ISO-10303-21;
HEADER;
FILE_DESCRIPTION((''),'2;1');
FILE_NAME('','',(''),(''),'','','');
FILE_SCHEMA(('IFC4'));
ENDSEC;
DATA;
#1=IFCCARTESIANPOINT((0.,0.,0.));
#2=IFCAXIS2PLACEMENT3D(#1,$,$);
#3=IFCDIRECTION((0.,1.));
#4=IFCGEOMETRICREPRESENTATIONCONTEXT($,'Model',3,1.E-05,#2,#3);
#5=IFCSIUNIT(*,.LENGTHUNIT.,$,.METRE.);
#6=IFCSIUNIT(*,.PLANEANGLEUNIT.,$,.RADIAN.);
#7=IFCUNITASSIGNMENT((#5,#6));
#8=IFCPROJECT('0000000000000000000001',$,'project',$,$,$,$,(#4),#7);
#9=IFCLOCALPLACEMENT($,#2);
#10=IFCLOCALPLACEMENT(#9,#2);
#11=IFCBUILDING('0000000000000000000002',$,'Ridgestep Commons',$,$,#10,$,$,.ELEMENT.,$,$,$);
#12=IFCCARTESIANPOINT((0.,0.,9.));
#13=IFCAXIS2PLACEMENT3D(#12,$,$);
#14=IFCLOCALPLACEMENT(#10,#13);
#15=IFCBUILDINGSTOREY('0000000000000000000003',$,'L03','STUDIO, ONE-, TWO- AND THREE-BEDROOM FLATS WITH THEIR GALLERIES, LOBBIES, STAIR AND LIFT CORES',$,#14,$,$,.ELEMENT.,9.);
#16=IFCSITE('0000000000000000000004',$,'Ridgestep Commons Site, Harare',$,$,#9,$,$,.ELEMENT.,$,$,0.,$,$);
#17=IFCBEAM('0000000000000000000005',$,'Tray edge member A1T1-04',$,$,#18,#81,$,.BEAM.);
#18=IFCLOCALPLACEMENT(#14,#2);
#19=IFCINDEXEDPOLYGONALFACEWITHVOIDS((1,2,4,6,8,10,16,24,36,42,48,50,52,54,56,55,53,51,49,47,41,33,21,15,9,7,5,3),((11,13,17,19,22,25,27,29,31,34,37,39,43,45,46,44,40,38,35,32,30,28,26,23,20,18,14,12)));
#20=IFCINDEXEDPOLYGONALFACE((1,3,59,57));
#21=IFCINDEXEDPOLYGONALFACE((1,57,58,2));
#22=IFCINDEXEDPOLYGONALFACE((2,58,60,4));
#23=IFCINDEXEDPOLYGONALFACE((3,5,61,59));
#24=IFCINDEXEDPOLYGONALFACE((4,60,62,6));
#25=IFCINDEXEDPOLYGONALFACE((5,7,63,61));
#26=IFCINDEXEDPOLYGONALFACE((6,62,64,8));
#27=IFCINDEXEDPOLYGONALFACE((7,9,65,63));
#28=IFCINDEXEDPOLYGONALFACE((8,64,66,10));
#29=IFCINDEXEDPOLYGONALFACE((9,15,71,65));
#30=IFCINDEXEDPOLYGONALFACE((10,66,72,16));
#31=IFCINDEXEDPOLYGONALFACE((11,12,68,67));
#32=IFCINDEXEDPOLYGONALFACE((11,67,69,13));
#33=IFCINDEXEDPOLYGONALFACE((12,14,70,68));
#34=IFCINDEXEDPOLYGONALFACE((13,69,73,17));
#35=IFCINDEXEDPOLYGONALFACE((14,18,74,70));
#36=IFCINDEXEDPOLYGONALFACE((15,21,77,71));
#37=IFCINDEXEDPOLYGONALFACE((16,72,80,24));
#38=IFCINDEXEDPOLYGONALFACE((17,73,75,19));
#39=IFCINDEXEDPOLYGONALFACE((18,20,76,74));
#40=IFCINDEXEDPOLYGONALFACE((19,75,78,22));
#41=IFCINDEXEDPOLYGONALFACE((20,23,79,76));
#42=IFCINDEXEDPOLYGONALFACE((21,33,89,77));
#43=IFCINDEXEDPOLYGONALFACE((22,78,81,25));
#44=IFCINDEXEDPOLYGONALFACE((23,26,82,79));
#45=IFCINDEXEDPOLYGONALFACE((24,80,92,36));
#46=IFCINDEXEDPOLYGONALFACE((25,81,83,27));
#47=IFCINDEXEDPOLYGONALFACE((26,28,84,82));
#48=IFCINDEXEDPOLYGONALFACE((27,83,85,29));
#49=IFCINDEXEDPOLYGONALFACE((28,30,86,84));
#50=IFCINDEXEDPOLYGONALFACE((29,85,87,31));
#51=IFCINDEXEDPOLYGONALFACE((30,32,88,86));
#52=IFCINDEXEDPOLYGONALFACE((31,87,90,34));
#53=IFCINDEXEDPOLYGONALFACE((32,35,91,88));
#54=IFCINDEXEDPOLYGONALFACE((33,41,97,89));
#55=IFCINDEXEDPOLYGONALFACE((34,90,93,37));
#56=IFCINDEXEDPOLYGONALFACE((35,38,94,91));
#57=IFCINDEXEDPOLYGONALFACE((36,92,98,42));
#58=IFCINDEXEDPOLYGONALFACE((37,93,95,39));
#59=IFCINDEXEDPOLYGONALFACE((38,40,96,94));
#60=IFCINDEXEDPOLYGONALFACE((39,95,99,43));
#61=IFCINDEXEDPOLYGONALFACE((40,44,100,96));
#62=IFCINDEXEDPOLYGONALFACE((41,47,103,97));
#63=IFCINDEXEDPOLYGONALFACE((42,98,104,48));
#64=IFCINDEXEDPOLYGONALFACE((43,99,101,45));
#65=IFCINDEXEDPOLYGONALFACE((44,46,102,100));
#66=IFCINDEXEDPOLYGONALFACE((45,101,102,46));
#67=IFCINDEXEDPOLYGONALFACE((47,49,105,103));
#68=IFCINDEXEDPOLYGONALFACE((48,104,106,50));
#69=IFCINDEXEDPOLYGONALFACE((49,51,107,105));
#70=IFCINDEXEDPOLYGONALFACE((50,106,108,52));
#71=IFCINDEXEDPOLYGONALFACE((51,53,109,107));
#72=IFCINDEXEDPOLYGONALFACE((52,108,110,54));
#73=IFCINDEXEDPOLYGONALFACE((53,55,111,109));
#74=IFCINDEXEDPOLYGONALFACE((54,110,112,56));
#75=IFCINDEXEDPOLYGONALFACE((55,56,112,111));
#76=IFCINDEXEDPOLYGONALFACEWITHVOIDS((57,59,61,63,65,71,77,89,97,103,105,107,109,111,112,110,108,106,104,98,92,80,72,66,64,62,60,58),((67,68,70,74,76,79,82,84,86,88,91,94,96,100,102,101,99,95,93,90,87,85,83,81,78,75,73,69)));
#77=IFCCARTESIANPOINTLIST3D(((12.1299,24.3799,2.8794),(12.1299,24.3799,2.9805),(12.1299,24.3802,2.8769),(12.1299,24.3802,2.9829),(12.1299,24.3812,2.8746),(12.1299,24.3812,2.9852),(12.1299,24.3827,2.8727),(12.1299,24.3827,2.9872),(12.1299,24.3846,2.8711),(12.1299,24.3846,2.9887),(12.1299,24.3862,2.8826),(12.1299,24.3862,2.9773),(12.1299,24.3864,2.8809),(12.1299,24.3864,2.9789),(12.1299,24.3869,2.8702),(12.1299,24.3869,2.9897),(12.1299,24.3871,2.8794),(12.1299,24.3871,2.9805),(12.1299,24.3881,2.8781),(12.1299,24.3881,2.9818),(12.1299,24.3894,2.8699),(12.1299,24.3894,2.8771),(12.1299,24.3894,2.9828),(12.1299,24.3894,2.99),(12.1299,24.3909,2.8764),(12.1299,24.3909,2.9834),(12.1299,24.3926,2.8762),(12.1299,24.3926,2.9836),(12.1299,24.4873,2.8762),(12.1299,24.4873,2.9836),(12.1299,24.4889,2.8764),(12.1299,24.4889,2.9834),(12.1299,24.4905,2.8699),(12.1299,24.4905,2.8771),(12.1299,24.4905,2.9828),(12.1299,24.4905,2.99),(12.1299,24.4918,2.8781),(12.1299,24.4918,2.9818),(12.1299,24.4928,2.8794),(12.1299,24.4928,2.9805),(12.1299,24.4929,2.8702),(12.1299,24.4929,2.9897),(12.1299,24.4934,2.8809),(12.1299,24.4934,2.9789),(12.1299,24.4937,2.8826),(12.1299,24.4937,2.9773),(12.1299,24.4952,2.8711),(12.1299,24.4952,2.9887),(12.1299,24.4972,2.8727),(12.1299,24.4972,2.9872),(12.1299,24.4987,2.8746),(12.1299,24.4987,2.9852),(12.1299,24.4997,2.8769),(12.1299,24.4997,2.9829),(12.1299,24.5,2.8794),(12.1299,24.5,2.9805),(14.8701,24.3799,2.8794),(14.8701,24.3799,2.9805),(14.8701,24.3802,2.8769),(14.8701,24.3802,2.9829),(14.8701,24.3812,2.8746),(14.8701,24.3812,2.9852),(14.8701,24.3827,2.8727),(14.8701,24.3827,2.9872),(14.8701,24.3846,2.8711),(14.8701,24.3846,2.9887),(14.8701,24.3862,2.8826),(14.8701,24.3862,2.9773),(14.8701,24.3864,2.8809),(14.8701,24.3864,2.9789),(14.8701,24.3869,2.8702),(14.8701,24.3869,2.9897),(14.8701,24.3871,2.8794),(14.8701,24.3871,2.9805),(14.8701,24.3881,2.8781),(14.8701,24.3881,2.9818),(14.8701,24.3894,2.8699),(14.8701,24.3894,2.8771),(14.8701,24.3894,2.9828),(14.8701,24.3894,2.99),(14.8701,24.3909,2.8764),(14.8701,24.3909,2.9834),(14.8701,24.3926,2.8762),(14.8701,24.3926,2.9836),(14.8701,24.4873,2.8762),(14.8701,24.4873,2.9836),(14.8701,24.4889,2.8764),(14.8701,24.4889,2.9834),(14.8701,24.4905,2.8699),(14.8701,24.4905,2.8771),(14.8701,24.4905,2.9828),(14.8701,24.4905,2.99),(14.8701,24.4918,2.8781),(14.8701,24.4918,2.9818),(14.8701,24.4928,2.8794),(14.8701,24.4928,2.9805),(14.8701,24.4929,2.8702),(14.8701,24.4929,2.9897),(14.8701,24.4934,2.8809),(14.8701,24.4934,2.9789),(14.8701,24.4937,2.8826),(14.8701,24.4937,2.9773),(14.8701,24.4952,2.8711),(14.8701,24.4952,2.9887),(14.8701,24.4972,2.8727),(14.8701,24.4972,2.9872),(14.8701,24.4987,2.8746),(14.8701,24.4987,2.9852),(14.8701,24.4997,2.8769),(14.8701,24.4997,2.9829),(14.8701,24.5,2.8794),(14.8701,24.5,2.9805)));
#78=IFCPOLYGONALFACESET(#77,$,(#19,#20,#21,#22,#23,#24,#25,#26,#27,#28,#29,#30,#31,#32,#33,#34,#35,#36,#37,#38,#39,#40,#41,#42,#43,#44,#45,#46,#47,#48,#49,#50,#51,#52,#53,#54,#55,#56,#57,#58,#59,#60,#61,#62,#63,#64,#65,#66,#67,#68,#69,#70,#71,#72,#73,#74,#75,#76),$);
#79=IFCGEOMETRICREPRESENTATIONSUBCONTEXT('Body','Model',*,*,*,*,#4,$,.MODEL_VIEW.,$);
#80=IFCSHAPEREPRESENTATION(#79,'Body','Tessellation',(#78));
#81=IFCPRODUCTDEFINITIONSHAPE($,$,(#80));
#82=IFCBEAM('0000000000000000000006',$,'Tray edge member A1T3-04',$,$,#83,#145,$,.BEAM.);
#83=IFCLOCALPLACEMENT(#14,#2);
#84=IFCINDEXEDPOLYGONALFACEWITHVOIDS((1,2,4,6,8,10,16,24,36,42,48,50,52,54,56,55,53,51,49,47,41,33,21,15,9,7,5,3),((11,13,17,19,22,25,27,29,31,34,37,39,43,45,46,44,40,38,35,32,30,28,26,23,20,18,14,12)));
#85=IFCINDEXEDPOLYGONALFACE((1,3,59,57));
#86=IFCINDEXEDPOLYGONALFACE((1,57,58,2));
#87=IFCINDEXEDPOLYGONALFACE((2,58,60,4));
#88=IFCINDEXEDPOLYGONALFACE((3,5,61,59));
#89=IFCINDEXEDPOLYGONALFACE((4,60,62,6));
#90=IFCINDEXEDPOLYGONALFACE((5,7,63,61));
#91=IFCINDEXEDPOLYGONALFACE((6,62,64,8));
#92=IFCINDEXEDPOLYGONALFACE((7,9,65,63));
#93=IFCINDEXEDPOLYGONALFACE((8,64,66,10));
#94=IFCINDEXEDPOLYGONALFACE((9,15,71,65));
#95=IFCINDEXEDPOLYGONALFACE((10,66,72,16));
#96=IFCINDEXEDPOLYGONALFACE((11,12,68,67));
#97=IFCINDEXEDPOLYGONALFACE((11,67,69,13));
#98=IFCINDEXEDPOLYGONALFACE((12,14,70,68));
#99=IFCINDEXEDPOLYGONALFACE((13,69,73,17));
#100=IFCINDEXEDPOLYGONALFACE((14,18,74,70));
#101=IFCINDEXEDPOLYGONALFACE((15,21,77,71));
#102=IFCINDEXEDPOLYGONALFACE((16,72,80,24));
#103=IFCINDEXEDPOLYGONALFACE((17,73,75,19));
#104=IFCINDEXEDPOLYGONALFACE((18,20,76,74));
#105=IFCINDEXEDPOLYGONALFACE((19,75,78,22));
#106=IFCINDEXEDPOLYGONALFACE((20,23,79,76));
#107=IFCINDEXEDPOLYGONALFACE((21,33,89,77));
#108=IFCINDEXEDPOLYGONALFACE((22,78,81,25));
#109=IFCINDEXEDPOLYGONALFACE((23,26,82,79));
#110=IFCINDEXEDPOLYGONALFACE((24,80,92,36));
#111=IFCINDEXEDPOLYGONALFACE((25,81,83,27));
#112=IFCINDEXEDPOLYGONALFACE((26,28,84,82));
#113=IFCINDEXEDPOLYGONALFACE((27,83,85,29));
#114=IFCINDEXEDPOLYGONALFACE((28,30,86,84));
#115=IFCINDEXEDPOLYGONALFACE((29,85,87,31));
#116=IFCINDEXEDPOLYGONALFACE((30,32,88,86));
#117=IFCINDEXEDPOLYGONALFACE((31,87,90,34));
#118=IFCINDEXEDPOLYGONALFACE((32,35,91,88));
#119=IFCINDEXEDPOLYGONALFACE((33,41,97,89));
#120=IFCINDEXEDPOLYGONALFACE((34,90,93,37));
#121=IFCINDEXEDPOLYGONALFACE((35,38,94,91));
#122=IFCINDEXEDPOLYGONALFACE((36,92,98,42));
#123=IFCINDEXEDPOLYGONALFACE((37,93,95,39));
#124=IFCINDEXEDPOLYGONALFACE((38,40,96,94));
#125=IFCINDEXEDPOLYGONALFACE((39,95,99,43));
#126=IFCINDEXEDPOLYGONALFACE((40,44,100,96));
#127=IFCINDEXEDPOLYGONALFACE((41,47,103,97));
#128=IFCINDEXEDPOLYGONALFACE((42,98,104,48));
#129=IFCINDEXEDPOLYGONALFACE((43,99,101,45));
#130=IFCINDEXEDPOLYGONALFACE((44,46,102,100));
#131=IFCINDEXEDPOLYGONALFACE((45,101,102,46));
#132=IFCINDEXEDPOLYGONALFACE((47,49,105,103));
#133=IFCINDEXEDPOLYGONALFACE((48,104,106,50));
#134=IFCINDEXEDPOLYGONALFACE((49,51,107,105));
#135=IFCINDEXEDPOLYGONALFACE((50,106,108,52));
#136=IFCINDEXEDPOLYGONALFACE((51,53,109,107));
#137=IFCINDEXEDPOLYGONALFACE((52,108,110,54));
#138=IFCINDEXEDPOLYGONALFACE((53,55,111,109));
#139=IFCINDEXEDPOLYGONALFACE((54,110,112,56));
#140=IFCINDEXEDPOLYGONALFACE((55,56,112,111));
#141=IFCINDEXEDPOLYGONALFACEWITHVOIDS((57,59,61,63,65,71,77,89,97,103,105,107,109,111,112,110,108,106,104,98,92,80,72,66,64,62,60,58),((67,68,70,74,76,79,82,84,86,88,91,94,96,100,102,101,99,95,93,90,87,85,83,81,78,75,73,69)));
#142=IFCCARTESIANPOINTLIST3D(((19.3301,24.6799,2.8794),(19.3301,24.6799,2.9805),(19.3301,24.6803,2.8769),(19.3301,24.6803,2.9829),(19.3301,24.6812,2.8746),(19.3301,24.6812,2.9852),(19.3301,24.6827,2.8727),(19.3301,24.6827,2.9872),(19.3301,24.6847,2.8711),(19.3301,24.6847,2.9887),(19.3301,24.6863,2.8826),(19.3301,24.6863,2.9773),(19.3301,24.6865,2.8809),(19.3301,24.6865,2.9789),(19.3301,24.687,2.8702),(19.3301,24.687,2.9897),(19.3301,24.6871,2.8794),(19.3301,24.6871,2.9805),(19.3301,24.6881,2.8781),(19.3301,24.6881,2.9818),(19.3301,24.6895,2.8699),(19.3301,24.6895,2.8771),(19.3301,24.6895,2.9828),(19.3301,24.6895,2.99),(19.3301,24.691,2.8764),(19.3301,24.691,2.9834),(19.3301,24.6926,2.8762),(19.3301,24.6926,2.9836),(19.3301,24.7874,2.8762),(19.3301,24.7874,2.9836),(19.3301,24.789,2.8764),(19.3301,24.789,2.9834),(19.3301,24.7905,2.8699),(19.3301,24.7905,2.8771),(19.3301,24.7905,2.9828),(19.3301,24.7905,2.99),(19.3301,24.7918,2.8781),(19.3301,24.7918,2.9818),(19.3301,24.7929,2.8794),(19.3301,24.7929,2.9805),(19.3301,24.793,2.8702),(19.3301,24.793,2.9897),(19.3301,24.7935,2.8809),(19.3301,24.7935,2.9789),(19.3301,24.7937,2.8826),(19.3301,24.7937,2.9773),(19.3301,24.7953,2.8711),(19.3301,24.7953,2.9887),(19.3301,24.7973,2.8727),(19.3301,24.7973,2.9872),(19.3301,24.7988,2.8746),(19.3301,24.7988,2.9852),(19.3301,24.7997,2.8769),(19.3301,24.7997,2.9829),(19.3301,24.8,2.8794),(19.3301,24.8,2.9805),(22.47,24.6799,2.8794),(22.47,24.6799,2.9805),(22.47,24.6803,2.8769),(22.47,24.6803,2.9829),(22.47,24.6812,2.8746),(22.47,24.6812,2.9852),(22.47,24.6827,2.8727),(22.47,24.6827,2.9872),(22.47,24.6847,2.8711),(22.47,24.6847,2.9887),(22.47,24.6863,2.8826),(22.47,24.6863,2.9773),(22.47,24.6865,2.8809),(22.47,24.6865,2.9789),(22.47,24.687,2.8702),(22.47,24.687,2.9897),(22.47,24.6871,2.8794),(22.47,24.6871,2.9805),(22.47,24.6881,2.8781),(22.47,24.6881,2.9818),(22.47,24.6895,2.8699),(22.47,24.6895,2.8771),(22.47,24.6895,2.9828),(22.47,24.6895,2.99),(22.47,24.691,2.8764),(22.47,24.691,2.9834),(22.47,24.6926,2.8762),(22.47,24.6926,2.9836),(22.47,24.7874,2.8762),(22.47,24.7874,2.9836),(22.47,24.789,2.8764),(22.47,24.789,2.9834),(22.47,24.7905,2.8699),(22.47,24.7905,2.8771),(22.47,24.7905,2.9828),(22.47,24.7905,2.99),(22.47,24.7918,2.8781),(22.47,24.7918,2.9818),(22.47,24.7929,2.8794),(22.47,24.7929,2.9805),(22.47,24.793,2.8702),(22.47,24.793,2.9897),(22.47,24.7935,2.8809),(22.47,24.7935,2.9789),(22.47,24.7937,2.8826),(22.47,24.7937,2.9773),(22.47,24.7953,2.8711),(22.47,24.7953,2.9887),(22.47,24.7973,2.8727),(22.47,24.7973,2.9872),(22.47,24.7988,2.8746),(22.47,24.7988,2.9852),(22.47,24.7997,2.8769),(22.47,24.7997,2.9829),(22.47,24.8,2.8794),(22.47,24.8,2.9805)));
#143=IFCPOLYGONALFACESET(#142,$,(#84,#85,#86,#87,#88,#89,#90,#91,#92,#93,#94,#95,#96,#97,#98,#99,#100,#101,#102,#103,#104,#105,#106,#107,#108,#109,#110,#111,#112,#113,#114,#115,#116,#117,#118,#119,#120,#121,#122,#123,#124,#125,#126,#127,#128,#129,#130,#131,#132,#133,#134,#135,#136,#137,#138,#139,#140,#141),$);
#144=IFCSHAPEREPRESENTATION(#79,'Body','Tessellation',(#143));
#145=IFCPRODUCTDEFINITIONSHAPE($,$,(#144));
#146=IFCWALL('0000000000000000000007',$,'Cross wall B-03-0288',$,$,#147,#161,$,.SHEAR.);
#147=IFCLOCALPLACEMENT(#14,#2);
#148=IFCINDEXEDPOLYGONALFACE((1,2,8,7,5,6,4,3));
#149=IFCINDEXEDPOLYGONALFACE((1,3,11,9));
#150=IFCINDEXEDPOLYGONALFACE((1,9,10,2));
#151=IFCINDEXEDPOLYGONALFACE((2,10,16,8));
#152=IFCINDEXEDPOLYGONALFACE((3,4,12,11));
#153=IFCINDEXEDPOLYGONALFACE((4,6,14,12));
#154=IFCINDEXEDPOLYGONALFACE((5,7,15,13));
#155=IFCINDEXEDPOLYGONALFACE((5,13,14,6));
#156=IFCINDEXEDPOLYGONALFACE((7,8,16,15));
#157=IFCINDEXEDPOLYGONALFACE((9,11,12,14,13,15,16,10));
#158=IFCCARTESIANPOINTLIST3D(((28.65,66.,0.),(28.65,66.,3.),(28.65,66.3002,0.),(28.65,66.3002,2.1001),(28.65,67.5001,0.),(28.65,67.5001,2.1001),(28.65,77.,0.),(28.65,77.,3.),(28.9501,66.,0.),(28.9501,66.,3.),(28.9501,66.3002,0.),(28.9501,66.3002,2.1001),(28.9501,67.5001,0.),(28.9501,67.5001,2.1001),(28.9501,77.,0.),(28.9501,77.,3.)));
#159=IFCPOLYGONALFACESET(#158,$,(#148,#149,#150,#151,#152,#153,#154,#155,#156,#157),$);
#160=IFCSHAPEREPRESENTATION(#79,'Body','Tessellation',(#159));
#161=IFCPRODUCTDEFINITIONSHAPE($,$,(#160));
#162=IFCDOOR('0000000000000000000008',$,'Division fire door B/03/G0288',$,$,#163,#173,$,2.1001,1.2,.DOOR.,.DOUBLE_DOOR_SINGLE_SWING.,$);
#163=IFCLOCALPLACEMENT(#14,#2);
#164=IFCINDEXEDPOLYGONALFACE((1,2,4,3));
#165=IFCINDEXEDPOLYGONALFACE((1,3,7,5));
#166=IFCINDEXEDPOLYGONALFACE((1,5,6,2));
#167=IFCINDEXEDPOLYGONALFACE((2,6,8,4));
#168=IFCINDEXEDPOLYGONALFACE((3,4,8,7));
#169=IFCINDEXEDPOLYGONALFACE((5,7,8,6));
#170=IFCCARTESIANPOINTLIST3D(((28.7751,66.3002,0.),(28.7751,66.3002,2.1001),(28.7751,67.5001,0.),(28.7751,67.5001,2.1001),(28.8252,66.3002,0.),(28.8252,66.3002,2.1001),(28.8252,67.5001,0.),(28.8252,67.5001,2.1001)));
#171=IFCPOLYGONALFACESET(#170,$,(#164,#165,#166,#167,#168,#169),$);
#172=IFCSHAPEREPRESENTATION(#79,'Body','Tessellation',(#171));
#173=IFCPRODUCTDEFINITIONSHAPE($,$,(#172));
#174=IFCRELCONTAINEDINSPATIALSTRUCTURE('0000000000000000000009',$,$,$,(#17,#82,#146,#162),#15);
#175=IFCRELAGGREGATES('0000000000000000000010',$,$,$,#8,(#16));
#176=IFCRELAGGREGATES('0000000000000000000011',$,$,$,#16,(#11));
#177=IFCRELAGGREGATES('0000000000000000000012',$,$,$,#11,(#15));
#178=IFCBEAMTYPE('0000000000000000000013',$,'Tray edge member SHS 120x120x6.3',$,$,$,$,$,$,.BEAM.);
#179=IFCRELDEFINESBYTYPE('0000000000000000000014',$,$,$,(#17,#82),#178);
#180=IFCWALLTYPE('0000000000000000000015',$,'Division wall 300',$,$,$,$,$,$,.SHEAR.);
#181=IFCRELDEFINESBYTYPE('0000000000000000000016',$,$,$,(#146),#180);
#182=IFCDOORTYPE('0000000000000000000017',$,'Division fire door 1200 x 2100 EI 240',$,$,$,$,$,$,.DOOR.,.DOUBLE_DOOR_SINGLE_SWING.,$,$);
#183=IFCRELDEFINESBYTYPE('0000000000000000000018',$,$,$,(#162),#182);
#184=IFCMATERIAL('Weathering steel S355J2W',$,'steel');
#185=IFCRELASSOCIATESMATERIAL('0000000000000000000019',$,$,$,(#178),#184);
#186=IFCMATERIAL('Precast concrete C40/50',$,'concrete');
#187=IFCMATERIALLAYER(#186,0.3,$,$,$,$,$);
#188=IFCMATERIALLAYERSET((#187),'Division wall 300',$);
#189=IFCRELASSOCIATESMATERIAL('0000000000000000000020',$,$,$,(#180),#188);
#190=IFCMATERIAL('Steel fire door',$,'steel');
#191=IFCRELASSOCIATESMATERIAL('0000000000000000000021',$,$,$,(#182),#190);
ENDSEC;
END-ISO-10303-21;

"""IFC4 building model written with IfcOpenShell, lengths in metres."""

from ifc_helpers import new_model, si_unit, direction, frame, frame_2d, origin, origin_2d, place, context, subcontext, project, spatial, rectangle, hollow_rectangle, extrude, material, layer, layer_set, material_profile, profile_set, type_object, element, fill, save


model = new_model("IFC4")

# Units and contexts
model_context = context("Model", 3, precision=1e-05, world=origin(), true_north=direction((0.0, 1.0)))
body_context = subcontext(model_context, "Body", "Model", "MODEL_VIEW")
ifc_project = project(units=[si_unit("LENGTHUNIT", "METRE"), si_unit("PLANEANGLEUNIT", "RADIAN")], contexts=[model_context])

# Site, building, storey
site_placement = place(None, origin())
site = spatial("IfcSite", under=ifc_project, at=site_placement, Name="Ridgestep Commons Site, Harare", CompositionType="ELEMENT", RefElevation=0.0)
building_placement = place(site_placement, origin())
building = spatial("IfcBuilding", under=site, at=building_placement, Name="Ridgestep Commons", CompositionType="ELEMENT")
storey_placement = place(building_placement, frame((0.0, 0.0, 9.0)))
storey = spatial("IfcBuildingStorey", under=building, at=storey_placement, Name="L03", Description="STUDIO, ONE-, TWO- AND THREE-BEDROOM FLATS WITH THEIR GALLERIES, LOBBIES, STAIR AND LIFT CORES", CompositionType="ELEMENT", Elevation=9.0)

# Beams
ifc_material_1 = material(Name="Weathering steel S355J2W", Category="steel")
ifc_material_profile_1 = material_profile(ifc_material_1, hollow_rectangle(XDim=0.1201, YDim=0.1201, WallThickness=0.0063, InnerFilletRadius=0.0063, OuterFilletRadius=0.0095, at=origin_2d()), Name="SHS 120x120x6.3")
ifc_profile_set_1 = profile_set([ifc_material_profile_1], Name="Weathering steel S355J2W")
beam_type_1 = type_object("IfcBeamType", Name="Tray edge member SHS 120x120x6.3", PredefinedType="BEAM", material=ifc_profile_set_1)
beam_1_placement = place(storey_placement, frame((12.1299, 24.4399, 2.9299), z_axis=(1.0, 0.0, 0.0), x_axis=(0.0, 0.0, 1.0)))
element("IfcBeam", 1, at=beam_1_placement, inside=storey, type_object=beam_type_1, Name="Tray edge member A1T1-04", PredefinedType="BEAM", context=body_context, shape_type="SweptSolid", body=[
    extrude(hollow_rectangle(XDim=0.1201, YDim=0.1201, WallThickness=0.0063, InnerFilletRadius=0.0063, OuterFilletRadius=0.0095, at=origin_2d()), origin(), (0.0, 0.0, 1.0), 2.7402),
])
beam_2_placement = place(storey_placement, frame((19.3301, 24.74, 2.9299), z_axis=(1.0, 0.0, 0.0), x_axis=(0.0, 0.0, 1.0)))
element("IfcBeam", 2, at=beam_2_placement, inside=storey, type_object=beam_type_1, Name="Tray edge member A1T3-04", PredefinedType="BEAM", context=body_context, shape_type="SweptSolid", body=[
    extrude(hollow_rectangle(XDim=0.1201, YDim=0.1201, WallThickness=0.0063, InnerFilletRadius=0.0063, OuterFilletRadius=0.0095, at=origin_2d()), origin(), (0.0, 0.0, 1.0), 3.1399),
])

# Wall, opening, door
ifc_material_2 = material(Name="Precast concrete C40/50", Category="concrete")
ifc_layer_1 = layer(ifc_material_2, 0.3)
ifc_layer_set_1 = layer_set([ifc_layer_1], Name="Division wall 300")
wall_type_1 = type_object("IfcWallType", Name="Division wall 300", PredefinedType="SHEAR", material=ifc_layer_set_1)
wall_1_placement = place(storey_placement, frame((28.8, 66.0, 0.0), z_axis=(0.0, 0.0, 1.0), x_axis=(0.0, 1.0, 0.0)))
wall_1 = element("IfcWall", 3, at=wall_1_placement, inside=storey, type_object=wall_type_1, Name="Cross wall B-03-0288", PredefinedType="SHEAR", context=body_context, shape_type="SweptSolid", body=[
    extrude(rectangle(XDim=11.0, YDim=0.3, at=frame_2d((5.5, 0.0))), origin(), (0.0, 0.0, 1.0), 3.0),
])
opening_1_placement = place(wall_1_placement, frame((0.3, 0.0, 0.0)))
opening_1 = element("IfcOpeningElement", 4, at=opening_1_placement, cuts=wall_1, PredefinedType="OPENING", context=body_context, shape_type="SweptSolid", body=[
    extrude(rectangle(XDim=1.2, YDim=2.1001, at=frame_2d((0.6001, 1.05))), frame((0.0, 0.1599, 0.0), z_axis=(0.0, -1.0, 0.0), x_axis=(1.0, 0.0, 0.0)), (0.0, 0.0, 1.0), 0.3201),
])
ifc_material_3 = material(Name="Steel fire door", Category="steel")
door_type = type_object("IfcDoorType", Name="Division fire door 1200 x 2100 EI 240", OperationType="DOUBLE_DOOR_SINGLE_SWING", PredefinedType="DOOR", material=ifc_material_3)
door_placement = place(opening_1_placement, origin())
door = element("IfcDoor", 5, at=door_placement, inside=storey, type_object=door_type, Name="Division fire door B/03/G0288", OperationType="DOUBLE_DOOR_SINGLE_SWING", OverallHeight=2.1001, OverallWidth=1.2, PredefinedType="DOOR", context=body_context, shape_type="SweptSolid", body=[
    extrude(rectangle(XDim=1.2, YDim=2.1001, at=frame_2d((0.6001, 1.05))), frame((0.0, 0.0249, 0.0), z_axis=(0.0, -1.0, 0.0), x_axis=(1.0, 0.0, 0.0)), (0.0, 0.0, 1.0), 0.05),
])
fill(opening_1, door)

save(model, "model.ifc")
